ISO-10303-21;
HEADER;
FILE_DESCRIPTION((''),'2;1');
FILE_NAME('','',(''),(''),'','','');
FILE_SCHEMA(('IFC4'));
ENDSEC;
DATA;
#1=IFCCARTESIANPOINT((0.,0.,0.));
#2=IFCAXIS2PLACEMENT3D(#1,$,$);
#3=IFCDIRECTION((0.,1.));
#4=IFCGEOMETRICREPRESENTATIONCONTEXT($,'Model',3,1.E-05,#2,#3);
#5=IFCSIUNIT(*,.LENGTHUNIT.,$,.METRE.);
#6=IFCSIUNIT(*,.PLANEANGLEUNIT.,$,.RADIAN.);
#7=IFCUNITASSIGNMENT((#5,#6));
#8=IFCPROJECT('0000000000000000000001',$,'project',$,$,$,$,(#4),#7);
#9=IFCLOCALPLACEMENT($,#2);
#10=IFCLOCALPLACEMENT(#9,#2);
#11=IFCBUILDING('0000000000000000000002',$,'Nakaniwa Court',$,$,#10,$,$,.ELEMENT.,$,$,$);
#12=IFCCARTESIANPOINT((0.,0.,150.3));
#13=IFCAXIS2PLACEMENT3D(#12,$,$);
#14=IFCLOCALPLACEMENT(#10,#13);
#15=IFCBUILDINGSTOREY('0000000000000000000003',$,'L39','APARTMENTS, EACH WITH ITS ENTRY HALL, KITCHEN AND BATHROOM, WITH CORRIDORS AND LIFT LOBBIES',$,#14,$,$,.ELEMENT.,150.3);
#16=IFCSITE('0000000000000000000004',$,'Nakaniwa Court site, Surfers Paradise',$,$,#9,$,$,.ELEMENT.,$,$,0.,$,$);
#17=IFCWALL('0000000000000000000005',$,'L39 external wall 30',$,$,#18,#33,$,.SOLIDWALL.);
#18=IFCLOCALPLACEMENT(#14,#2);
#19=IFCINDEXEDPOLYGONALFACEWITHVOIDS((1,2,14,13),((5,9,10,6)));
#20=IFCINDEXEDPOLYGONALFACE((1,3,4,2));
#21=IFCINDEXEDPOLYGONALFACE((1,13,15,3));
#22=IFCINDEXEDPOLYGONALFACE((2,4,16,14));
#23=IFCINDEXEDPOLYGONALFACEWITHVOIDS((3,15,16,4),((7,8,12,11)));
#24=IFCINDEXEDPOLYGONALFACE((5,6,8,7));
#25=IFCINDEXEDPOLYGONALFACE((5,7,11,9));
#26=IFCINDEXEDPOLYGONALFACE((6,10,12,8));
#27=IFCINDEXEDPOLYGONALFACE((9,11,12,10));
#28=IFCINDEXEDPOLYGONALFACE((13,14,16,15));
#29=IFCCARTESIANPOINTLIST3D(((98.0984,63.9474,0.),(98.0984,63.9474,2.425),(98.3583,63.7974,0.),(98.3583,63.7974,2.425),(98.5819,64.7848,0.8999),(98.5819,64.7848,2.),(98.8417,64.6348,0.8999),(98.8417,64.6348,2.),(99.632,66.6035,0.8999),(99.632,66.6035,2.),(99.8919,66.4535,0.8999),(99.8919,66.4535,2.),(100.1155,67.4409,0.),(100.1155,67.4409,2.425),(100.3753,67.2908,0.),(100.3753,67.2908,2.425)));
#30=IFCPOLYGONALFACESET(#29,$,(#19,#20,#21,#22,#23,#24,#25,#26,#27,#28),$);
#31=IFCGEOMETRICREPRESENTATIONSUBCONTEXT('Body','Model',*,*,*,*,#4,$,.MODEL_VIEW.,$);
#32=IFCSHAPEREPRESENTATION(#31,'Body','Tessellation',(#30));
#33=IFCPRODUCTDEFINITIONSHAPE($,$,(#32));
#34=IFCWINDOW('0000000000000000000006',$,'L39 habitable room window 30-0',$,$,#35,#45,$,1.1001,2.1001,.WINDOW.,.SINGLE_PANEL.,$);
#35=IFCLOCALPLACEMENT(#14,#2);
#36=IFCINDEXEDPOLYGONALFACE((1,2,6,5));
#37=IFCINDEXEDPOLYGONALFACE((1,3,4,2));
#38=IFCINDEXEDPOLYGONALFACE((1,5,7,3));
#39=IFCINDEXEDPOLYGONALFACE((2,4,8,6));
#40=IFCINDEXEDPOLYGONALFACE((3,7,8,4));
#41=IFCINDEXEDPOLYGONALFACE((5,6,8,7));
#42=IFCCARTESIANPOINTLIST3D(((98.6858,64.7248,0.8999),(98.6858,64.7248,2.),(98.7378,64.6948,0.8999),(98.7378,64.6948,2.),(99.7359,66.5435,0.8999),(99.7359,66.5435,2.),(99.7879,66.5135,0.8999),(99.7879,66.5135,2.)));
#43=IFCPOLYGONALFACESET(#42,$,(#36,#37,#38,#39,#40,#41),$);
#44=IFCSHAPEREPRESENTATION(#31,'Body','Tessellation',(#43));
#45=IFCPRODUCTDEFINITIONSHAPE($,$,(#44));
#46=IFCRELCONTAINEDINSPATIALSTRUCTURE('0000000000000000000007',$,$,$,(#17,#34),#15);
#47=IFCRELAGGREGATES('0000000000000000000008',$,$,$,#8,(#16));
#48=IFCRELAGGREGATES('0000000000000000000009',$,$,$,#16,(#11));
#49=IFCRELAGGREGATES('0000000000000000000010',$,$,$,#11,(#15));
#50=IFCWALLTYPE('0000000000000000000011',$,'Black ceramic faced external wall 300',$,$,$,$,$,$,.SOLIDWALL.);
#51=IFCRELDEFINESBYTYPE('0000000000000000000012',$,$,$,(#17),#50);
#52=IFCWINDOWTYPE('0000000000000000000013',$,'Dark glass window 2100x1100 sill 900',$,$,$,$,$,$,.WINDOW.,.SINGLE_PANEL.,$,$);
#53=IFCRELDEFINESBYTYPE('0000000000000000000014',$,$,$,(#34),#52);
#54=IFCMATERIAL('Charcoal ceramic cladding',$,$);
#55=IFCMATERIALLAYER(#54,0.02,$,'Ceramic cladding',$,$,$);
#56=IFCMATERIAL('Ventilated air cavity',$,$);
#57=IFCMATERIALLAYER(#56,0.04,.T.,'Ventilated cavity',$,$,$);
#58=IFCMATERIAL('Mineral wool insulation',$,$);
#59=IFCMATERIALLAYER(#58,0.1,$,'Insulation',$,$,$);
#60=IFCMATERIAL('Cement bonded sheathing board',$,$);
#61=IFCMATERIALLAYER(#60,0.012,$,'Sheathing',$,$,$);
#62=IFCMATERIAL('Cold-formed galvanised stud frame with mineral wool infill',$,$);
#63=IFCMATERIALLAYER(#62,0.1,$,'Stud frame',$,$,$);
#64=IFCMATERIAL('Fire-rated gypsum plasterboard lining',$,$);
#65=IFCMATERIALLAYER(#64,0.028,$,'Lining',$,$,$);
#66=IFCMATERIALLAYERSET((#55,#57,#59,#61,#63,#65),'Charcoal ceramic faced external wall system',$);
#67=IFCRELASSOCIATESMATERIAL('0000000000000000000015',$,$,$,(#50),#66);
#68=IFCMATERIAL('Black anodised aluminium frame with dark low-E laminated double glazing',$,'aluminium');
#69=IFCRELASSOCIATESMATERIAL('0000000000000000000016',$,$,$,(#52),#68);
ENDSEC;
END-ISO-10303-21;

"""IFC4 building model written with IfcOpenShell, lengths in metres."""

from ifc_helpers import new_model, si_unit, direction, frame, frame_2d, origin, place, context, subcontext, project, spatial, rectangle, extrude, material, layer, layer_set, type_object, element, fill, save


model = new_model("IFC4")

# Units and contexts
model_context = context("Model", 3, precision=1e-05, world=origin(), true_north=direction((0.0, 1.0)))
body_context = subcontext(model_context, "Body", "Model", "MODEL_VIEW")
ifc_project = project(units=[si_unit("LENGTHUNIT", "METRE"), si_unit("PLANEANGLEUNIT", "RADIAN")], contexts=[model_context])

# Site, building, storey
site_placement = place(None, origin())
site = spatial("IfcSite", under=ifc_project, at=site_placement, Name="Nakaniwa Court site, Surfers Paradise", CompositionType="ELEMENT", RefElevation=0.0)
building_placement = place(site_placement, origin())
building = spatial("IfcBuilding", under=site, at=building_placement, Name="Nakaniwa Court", CompositionType="ELEMENT")
storey_placement = place(building_placement, frame((0.0, 0.0, 150.3)))
storey = spatial("IfcBuildingStorey", under=building, at=storey_placement, Name="L39", Description="APARTMENTS, EACH WITH ITS ENTRY HALL, KITCHEN AND BATHROOM, WITH CORRIDORS AND LIFT LOBBIES", CompositionType="ELEMENT", Elevation=150.3)

# Shared definitions
ifc_material_1 = material(Name="Charcoal ceramic cladding")
ifc_layer_1 = layer(ifc_material_1, 0.02, Name="Ceramic cladding")
ifc_material_2 = material(Name="Ventilated air cavity")
ifc_layer_2 = layer(ifc_material_2, 0.04, ventilated=True, Name="Ventilated cavity")
ifc_material_3 = material(Name="Mineral wool insulation")
ifc_layer_3 = layer(ifc_material_3, 0.1, Name="Insulation")
ifc_material_4 = material(Name="Cement bonded sheathing board")
ifc_layer_4 = layer(ifc_material_4, 0.012, Name="Sheathing")
ifc_material_5 = material(Name="Cold-formed galvanised stud frame with mineral wool infill")
ifc_layer_5 = layer(ifc_material_5, 0.1, Name="Stud frame")
ifc_material_6 = material(Name="Fire-rated gypsum plasterboard lining")
ifc_layer_6 = layer(ifc_material_6, 0.028, Name="Lining")
ifc_layer_set_1 = layer_set([ifc_layer_1, ifc_layer_2, ifc_layer_3, ifc_layer_4, ifc_layer_5, ifc_layer_6], Name="Charcoal ceramic faced external wall system")
wall_type_1 = type_object("IfcWallType", Name="Black ceramic faced external wall 300", PredefinedType="SOLIDWALL", material=ifc_layer_set_1)

# Wall, opening, window
ifc_material_7 = material(Name="Black anodised aluminium frame with dark low-E laminated double glazing", Category="aluminium")
window_type_1 = type_object("IfcWindowType", Name="Dark glass window 2100x1100 sill 900", PartitioningType="SINGLE_PANEL", PredefinedType="WINDOW", material=ifc_material_7)
wall_1_placement = place(storey_placement, frame((98.2283, 63.8723, 0.0), z_axis=(0.0, 0.0, 1.0), x_axis=(0.500032, 0.866007, 0.0)))
wall_1 = element("IfcWall", 1, at=wall_1_placement, inside=storey, type_object=wall_type_1, Name="L39 external wall 30", PredefinedType="SOLIDWALL", context=body_context, shape_type="SweptSolid", body=[
    extrude(rectangle(XDim=4.0339, YDim=0.3, at=frame_2d((2.0171, 0.0))), origin(), (0.0, 0.0, 1.0), 2.425),
])
opening_1_placement = place(wall_1_placement, frame((0.967, 0.0, 0.8999)))
opening_1 = element("IfcOpeningElement", 2, at=opening_1_placement, cuts=wall_1, PredefinedType="OPENING", context=body_context, shape_type="SweptSolid", body=[
    extrude(rectangle(XDim=2.1001, YDim=1.1001, at=frame_2d((1.05, 0.55))), frame((0.0, 0.1599, 0.0), z_axis=(0.0, -1.0, 0.0), x_axis=(1.0, 0.0, 0.0)), (0.0, 0.0, 1.0), 0.3201),
])
window_1_placement = place(opening_1_placement, origin())
window_1 = element("IfcWindow", 3, at=window_1_placement, inside=storey, type_object=window_type_1, Name="L39 habitable room window 30-0", OverallHeight=1.1001, OverallWidth=2.1001, PartitioningType="SINGLE_PANEL", PredefinedType="WINDOW", context=body_context, shape_type="SweptSolid", body=[
    extrude(rectangle(XDim=2.1001, YDim=1.1001, at=frame_2d((1.05, 0.55))), frame((0.0, 0.03, 0.0), z_axis=(0.0, -1.0, 0.0), x_axis=(1.0, 0.0, 0.0)), (0.0, 0.0, 1.0), 0.0601),
])
fill(opening_1, window_1)

save(model, "model.ifc")
